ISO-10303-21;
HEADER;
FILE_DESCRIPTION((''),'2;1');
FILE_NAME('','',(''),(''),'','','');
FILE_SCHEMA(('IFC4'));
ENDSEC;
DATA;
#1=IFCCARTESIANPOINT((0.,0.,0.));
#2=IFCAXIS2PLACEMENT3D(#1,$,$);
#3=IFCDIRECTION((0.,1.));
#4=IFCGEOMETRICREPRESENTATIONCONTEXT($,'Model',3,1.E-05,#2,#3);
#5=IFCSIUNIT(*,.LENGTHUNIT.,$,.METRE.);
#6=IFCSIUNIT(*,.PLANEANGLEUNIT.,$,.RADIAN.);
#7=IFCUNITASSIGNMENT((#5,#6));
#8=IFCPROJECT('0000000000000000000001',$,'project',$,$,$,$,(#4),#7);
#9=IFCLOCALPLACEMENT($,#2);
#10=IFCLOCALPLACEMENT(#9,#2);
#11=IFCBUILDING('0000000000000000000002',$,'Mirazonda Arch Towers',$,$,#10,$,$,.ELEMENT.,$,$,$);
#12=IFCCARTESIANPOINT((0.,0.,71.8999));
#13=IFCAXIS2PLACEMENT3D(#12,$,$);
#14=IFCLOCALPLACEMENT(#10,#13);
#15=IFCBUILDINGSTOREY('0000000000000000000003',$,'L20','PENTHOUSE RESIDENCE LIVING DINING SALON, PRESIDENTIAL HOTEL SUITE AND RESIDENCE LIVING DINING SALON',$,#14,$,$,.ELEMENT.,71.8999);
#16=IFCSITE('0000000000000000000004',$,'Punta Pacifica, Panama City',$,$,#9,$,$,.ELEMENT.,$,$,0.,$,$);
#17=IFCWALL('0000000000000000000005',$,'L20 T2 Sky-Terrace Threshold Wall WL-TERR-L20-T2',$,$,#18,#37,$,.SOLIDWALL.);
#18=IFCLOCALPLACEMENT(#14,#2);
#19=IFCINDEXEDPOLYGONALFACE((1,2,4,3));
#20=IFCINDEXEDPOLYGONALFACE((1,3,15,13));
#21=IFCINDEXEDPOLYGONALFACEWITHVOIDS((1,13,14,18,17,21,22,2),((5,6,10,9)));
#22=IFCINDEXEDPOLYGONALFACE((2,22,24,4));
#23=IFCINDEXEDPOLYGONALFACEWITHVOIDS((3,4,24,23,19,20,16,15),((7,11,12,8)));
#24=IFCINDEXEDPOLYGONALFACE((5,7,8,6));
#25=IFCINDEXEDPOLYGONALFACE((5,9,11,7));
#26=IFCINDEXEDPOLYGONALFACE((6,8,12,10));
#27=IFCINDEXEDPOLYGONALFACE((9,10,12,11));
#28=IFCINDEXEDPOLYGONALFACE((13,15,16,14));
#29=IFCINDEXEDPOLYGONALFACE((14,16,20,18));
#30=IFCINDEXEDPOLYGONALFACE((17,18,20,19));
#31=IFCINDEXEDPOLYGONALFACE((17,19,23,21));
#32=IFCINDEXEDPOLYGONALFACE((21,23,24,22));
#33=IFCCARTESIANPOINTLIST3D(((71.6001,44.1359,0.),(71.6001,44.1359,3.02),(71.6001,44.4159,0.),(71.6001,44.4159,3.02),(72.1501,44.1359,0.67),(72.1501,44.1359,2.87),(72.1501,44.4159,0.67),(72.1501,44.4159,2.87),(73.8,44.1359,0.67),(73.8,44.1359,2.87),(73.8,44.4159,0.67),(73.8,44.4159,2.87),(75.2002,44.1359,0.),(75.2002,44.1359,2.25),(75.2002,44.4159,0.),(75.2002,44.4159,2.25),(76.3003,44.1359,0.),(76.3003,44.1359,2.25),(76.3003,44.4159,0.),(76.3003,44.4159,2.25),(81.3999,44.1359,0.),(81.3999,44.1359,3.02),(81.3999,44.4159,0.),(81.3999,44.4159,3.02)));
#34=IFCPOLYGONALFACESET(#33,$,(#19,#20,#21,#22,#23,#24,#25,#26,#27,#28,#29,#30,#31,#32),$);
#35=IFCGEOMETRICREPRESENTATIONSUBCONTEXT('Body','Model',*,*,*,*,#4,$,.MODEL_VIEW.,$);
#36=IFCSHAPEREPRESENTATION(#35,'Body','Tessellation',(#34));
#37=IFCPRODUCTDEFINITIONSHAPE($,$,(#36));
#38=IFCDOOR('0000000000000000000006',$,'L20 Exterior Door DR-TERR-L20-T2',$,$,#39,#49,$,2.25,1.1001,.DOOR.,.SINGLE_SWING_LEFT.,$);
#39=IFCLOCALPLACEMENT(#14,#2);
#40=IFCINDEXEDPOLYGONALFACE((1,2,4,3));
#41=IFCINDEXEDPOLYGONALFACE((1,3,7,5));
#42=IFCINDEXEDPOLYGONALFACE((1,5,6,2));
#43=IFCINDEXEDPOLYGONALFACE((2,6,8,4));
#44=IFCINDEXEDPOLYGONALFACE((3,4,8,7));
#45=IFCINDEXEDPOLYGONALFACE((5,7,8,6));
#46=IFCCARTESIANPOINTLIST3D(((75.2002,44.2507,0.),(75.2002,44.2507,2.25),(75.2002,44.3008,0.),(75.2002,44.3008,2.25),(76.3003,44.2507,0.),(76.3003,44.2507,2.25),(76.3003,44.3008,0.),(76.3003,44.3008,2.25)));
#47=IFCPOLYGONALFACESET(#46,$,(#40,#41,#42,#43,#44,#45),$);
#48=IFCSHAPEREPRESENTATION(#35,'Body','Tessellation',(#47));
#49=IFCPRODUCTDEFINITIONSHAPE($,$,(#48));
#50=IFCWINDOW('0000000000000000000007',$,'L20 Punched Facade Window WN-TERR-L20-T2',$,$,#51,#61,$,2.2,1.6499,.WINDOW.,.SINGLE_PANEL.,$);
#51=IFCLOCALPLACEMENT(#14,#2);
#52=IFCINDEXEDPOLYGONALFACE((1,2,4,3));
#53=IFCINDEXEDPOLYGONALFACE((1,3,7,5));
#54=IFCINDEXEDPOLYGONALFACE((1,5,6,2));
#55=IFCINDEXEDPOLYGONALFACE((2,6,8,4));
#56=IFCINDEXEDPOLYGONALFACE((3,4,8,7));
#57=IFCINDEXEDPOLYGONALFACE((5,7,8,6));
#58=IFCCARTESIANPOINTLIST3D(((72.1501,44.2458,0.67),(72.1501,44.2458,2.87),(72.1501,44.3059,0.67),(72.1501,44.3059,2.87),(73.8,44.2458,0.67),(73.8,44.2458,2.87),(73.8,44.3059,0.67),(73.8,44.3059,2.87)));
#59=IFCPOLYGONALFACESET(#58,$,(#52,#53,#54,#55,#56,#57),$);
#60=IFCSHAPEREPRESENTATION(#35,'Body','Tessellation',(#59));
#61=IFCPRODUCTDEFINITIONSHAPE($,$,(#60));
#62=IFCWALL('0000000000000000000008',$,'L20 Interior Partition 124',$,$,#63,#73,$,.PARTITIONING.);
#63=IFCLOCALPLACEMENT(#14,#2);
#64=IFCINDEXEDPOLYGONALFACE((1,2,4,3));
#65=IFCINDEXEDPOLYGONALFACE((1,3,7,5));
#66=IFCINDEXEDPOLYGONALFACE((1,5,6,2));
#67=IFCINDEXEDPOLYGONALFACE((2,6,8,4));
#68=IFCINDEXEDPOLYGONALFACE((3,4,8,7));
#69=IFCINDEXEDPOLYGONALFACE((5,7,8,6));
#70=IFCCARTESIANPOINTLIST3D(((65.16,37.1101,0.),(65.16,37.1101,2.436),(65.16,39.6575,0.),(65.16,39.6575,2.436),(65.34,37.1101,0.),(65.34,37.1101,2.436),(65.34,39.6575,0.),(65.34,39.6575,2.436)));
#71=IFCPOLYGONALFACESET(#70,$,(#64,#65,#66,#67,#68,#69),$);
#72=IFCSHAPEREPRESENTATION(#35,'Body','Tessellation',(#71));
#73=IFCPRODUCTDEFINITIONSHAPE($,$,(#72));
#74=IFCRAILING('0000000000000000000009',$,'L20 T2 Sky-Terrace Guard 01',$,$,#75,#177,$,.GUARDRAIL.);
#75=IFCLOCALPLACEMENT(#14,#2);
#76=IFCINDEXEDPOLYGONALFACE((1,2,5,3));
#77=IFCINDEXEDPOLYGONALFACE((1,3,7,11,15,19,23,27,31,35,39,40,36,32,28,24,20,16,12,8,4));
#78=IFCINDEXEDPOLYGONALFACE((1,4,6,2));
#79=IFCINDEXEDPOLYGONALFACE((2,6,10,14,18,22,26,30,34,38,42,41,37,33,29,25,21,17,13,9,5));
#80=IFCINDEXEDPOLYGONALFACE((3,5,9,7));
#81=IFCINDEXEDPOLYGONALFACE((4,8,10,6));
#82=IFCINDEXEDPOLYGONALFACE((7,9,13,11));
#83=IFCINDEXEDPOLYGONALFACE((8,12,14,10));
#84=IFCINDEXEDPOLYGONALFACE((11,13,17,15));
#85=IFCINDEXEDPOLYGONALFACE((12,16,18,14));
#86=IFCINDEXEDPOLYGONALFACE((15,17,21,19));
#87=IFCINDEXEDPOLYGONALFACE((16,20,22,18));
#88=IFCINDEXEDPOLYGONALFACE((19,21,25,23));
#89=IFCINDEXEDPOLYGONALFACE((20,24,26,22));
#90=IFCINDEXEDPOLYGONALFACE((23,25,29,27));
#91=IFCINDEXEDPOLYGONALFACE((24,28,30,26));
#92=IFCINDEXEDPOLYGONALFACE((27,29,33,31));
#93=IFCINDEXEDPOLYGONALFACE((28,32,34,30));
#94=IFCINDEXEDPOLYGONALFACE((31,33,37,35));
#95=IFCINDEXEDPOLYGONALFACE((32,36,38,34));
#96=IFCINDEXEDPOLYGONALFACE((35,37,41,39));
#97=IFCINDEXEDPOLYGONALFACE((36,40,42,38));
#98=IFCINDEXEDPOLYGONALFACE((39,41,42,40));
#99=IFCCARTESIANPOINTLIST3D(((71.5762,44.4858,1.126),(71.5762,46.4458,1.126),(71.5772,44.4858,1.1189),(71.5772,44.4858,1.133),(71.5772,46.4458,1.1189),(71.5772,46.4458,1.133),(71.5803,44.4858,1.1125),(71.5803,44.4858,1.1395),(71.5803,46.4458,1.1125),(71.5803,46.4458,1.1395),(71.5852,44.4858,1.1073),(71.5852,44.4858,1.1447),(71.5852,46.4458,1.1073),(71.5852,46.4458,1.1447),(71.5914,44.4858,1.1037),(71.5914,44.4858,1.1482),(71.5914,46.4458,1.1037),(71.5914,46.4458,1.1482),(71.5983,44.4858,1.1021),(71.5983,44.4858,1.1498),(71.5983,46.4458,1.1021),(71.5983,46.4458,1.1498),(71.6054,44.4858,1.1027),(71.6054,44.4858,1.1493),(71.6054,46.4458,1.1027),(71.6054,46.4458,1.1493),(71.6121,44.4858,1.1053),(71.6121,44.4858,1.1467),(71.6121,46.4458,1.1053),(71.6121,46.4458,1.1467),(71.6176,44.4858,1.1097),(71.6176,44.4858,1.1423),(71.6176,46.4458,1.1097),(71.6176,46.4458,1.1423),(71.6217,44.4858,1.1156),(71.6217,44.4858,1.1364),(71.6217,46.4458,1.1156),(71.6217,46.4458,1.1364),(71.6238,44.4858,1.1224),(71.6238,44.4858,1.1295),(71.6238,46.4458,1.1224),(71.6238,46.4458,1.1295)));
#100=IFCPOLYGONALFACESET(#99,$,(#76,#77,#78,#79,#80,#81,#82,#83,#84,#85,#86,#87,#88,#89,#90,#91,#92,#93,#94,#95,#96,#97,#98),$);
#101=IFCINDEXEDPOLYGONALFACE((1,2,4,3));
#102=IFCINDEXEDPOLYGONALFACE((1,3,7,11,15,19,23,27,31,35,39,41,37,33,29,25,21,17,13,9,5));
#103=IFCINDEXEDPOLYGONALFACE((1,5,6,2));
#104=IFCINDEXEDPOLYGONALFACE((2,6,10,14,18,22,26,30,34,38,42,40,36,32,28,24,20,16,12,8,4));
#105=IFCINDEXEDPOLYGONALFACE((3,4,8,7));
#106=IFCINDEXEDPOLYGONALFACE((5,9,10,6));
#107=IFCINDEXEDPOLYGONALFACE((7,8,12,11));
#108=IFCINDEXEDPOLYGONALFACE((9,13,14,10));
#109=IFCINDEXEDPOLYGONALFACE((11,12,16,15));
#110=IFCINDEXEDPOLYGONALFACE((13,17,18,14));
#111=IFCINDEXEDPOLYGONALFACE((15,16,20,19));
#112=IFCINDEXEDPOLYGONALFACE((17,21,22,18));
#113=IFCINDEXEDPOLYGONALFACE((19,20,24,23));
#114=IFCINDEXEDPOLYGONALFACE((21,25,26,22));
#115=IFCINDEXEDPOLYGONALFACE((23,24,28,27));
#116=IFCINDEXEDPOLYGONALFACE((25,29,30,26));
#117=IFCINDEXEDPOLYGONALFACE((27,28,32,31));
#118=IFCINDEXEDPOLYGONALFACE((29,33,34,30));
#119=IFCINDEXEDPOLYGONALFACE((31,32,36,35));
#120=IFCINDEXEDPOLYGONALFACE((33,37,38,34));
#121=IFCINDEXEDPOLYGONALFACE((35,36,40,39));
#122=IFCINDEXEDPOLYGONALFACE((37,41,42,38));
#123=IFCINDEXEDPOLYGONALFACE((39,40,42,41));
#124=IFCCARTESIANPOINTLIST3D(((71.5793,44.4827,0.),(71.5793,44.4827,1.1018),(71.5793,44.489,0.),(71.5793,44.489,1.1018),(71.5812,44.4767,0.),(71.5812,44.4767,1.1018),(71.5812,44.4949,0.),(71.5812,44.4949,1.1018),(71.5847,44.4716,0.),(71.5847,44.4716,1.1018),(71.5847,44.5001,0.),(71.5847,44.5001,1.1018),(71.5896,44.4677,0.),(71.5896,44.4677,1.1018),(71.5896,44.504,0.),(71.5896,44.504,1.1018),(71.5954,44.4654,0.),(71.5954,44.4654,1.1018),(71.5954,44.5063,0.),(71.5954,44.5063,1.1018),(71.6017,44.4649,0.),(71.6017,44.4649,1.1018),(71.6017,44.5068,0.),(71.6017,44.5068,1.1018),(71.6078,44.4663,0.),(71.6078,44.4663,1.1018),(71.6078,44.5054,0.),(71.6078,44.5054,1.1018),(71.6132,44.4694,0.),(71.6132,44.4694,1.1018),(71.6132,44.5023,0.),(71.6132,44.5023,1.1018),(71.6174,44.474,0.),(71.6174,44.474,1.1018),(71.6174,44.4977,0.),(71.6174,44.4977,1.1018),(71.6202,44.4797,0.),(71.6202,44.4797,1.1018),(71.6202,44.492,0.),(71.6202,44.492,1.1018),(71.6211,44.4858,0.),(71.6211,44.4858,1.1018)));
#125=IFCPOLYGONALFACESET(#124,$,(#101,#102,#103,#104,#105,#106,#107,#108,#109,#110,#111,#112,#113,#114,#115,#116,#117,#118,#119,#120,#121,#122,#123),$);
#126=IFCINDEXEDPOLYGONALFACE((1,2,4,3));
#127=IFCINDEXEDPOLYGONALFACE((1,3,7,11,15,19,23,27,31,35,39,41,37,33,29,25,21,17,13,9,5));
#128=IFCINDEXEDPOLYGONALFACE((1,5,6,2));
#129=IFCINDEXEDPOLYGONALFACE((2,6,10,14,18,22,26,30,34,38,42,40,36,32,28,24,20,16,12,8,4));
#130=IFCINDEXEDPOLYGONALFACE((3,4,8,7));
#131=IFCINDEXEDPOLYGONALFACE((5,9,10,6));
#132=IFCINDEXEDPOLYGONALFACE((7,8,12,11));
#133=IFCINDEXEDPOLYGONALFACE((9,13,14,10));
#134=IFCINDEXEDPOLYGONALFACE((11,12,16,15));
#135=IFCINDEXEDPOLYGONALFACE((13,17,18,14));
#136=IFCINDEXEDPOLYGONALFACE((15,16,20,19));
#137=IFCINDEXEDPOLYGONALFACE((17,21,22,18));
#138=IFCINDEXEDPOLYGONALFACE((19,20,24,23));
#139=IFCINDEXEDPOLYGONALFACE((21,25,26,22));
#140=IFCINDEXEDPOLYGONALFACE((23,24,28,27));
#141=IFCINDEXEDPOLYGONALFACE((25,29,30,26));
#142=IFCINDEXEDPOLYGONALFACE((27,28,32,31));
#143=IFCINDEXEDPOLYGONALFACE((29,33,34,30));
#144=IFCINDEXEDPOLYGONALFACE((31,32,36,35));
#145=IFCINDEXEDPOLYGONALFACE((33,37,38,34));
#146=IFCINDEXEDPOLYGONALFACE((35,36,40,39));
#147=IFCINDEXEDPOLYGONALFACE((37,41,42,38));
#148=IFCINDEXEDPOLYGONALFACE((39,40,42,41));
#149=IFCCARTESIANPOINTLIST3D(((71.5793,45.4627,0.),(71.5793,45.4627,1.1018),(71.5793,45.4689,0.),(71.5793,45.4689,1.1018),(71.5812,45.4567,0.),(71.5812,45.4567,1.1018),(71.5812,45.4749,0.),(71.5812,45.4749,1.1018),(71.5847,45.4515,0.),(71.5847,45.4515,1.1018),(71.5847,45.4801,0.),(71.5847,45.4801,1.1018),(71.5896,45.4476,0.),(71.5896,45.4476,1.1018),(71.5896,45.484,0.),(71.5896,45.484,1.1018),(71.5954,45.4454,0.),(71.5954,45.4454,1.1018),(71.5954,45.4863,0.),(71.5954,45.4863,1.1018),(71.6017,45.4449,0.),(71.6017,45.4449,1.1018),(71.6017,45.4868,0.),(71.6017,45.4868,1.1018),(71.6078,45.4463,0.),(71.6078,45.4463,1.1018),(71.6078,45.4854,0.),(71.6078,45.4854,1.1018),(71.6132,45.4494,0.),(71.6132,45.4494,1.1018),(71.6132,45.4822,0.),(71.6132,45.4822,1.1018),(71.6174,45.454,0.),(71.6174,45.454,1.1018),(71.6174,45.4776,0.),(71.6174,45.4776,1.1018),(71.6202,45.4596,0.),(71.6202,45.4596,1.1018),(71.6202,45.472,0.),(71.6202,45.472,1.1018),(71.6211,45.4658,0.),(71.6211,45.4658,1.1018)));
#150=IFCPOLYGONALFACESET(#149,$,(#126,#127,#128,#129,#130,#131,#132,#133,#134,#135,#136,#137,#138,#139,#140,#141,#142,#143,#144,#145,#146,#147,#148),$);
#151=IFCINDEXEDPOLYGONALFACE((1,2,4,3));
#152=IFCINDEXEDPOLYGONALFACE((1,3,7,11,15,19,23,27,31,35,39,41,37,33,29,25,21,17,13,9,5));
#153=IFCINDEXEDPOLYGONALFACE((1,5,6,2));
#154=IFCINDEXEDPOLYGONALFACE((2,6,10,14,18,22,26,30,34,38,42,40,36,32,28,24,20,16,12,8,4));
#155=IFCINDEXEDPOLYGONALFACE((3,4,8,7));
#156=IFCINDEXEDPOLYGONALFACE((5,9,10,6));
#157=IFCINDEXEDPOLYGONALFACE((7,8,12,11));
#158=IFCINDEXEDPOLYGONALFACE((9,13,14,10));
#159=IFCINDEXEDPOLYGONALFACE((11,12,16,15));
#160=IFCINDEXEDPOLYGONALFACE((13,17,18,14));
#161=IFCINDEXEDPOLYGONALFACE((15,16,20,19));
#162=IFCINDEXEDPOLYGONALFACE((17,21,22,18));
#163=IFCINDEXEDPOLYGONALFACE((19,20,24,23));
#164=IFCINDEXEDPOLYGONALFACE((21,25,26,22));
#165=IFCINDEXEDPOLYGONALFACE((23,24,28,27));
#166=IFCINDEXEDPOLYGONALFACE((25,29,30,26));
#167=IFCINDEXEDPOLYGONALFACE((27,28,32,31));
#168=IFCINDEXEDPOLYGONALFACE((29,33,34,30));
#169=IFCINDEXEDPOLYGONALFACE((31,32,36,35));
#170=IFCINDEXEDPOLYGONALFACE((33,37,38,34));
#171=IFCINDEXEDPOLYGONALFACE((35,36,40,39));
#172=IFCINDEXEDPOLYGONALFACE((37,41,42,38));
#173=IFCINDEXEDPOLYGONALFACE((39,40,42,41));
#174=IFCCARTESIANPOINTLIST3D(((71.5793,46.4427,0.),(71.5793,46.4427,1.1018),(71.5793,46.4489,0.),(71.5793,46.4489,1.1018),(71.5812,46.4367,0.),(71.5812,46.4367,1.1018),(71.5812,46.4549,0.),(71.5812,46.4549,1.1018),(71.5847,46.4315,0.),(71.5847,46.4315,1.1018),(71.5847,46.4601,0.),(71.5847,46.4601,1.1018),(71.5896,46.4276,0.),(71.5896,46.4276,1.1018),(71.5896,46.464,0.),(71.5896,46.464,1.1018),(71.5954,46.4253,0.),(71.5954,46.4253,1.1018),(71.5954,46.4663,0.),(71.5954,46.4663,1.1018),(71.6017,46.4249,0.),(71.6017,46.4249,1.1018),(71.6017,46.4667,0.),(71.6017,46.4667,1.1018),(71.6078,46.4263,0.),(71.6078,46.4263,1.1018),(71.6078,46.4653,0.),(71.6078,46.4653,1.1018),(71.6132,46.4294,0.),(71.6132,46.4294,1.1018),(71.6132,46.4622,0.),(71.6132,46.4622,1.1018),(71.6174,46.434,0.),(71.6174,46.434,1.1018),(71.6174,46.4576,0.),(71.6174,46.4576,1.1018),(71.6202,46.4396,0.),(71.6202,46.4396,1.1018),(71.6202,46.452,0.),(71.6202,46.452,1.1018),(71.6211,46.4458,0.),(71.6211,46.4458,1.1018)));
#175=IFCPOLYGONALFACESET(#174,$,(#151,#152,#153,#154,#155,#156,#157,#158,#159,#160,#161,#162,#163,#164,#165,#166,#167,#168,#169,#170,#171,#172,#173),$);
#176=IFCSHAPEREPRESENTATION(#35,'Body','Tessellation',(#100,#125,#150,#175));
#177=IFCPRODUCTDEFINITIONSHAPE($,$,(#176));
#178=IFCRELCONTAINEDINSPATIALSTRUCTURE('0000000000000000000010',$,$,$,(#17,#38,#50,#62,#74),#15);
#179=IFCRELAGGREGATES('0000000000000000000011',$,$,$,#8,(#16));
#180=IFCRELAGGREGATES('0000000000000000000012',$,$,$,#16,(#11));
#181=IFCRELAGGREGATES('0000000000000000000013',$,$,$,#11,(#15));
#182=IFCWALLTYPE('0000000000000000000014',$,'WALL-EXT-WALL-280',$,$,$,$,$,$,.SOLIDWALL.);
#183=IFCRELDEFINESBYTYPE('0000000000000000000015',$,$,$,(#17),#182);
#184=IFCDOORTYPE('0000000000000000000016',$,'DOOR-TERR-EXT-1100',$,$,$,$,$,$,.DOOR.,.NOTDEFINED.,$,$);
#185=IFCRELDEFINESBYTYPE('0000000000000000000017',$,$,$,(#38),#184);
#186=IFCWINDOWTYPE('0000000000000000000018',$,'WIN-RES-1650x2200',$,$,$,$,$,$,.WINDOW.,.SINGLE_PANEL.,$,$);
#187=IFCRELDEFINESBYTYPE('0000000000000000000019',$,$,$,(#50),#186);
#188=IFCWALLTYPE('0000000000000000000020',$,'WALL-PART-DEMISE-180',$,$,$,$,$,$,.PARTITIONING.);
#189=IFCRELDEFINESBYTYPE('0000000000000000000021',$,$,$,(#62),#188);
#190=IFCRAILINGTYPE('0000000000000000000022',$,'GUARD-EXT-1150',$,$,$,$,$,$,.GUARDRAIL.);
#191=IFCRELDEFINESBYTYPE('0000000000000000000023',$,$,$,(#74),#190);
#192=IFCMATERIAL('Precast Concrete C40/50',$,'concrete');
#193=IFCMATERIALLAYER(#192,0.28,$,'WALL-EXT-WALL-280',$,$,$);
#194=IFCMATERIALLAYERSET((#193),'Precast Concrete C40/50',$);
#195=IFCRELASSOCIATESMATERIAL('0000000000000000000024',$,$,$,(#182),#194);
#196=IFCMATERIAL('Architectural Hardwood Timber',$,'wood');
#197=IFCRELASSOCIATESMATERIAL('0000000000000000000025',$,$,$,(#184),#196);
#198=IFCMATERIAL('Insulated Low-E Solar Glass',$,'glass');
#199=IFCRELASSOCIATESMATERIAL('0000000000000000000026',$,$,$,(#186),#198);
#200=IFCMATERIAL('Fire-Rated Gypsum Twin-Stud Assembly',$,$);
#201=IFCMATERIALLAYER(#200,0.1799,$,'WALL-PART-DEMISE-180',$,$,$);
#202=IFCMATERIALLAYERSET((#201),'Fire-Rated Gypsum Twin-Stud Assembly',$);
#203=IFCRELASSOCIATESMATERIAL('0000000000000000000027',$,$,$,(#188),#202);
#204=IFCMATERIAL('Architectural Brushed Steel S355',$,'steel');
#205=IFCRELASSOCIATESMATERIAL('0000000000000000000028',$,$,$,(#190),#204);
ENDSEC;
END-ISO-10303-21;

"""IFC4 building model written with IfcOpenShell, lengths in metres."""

from ifc_helpers import new_model, si_unit, direction, frame, frame_2d, origin, origin_2d, place, context, subcontext, project, spatial, rectangle, circle, extrude, material, layer, layer_set, type_object, element, fill, save


model = new_model("IFC4")

# Units and contexts
model_context = context("Model", 3, precision=1e-05, world=origin(), true_north=direction((0.0, 1.0)))
body_context = subcontext(model_context, "Body", "Model", "MODEL_VIEW")
ifc_project = project(units=[si_unit("LENGTHUNIT", "METRE"), si_unit("PLANEANGLEUNIT", "RADIAN")], contexts=[model_context])

# Site, building, storey
site_placement = place(None, origin())
site = spatial("IfcSite", under=ifc_project, at=site_placement, Name="Punta Pacifica, Panama City", CompositionType="ELEMENT", RefElevation=0.0)
building_placement = place(site_placement, origin())
building = spatial("IfcBuilding", under=site, at=building_placement, Name="Mirazonda Arch Towers", CompositionType="ELEMENT")
storey_placement = place(building_placement, frame((0.0, 0.0, 71.8999)))
storey = spatial("IfcBuildingStorey", under=building, at=storey_placement, Name="L20", Description="PENTHOUSE RESIDENCE LIVING DINING SALON, PRESIDENTIAL HOTEL SUITE AND RESIDENCE LIVING DINING SALON", CompositionType="ELEMENT", Elevation=71.8999)

# Shared definitions
ifc_material_1 = material(Name="Insulated Low-E Solar Glass", Category="glass")

# Wall, openings, door, window
ifc_material_2 = material(Name="Precast Concrete C40/50", Category="concrete")
ifc_layer_1 = layer(ifc_material_2, 0.28, Name="WALL-EXT-WALL-280")
ifc_layer_set_1 = layer_set([ifc_layer_1], Name="Precast Concrete C40/50")
wall_type_1 = type_object("IfcWallType", Name="WALL-EXT-WALL-280", PredefinedType="SOLIDWALL", material=ifc_layer_set_1)
wall_1_placement = place(storey_placement, frame((71.6001, 44.2759, 0.0), z_axis=(0.0, 0.0, 1.0), x_axis=(1.0, 0.0, 0.0)))
wall_1 = element("IfcWall", 1, at=wall_1_placement, inside=storey, type_object=wall_type_1, Name="L20 T2 Sky-Terrace Threshold Wall WL-TERR-L20-T2", PredefinedType="SOLIDWALL", context=body_context, shape_type="SweptSolid", body=[
    extrude(rectangle(XDim=9.7998, YDim=0.28, at=frame_2d((4.8999, 0.0))), origin(), (0.0, 0.0, 1.0), 3.02),
])
opening_1_placement = place(wall_1_placement, frame((0.55, 0.0, 0.6699)))
opening_1 = element("IfcOpeningElement", 2, at=opening_1_placement, cuts=wall_1, PredefinedType="OPENING", context=body_context, shape_type="SweptSolid", body=[
    extrude(rectangle(XDim=1.6499, YDim=2.2, at=frame_2d((0.825, 1.1001))), frame((0.0, 0.1499, 0.0), z_axis=(0.0, -1.0, 0.0), x_axis=(1.0, 0.0, 0.0)), (0.0, 0.0, 1.0), 0.3),
])
opening_2_placement = place(wall_1_placement, frame((3.6001, 0.0, 0.0)))
opening_2 = element("IfcOpeningElement", 3, at=opening_2_placement, cuts=wall_1, PredefinedType="OPENING", context=body_context, shape_type="SweptSolid", body=[
    extrude(rectangle(XDim=1.1001, YDim=2.25, at=frame_2d((0.55, 1.125))), frame((0.0, 0.1499, 0.0), z_axis=(0.0, -1.0, 0.0), x_axis=(1.0, 0.0, 0.0)), (0.0, 0.0, 1.0), 0.3),
])
ifc_material_3 = material(Name="Architectural Hardwood Timber", Category="wood")
door_type = type_object("IfcDoorType", Name="DOOR-TERR-EXT-1100", OperationType="NOTDEFINED", PredefinedType="DOOR", material=ifc_material_3)
door_placement = place(opening_2_placement, origin())
door = element("IfcDoor", 4, at=door_placement, inside=storey, type_object=door_type, Name="L20 Exterior Door DR-TERR-L20-T2", OperationType="SINGLE_SWING_LEFT", OverallHeight=2.25, OverallWidth=1.1001, PredefinedType="DOOR", context=body_context, shape_type="SweptSolid", body=[
    extrude(rectangle(XDim=1.1001, YDim=2.25, at=frame_2d((0.55, 1.125))), frame((0.0, 0.0249, 0.0), z_axis=(0.0, -1.0, 0.0), x_axis=(1.0, 0.0, 0.0)), (0.0, 0.0, 1.0), 0.05),
])
fill(opening_2, door)
window_type = type_object("IfcWindowType", Name="WIN-RES-1650x2200", PartitioningType="SINGLE_PANEL", PredefinedType="WINDOW", material=ifc_material_1)
window_placement = place(opening_1_placement, origin())
window = element("IfcWindow", 5, at=window_placement, inside=storey, type_object=window_type, Name="L20 Punched Facade Window WN-TERR-L20-T2", OverallHeight=2.2, OverallWidth=1.6499, PartitioningType="SINGLE_PANEL", PredefinedType="WINDOW", context=body_context, shape_type="SweptSolid", body=[
    extrude(rectangle(XDim=1.6499, YDim=2.2, at=frame_2d((0.825, 1.1001))), frame((0.0, 0.03, 0.0), z_axis=(0.0, -1.0, 0.0), x_axis=(1.0, 0.0, 0.0)), (0.0, 0.0, 1.0), 0.0601),
])
fill(opening_1, window)

# Wall
ifc_material_4 = material(Name="Fire-Rated Gypsum Twin-Stud Assembly")
ifc_layer_2 = layer(ifc_material_4, 0.1799, Name="WALL-PART-DEMISE-180")
ifc_layer_set_2 = layer_set([ifc_layer_2], Name="Fire-Rated Gypsum Twin-Stud Assembly")
wall_type_2 = type_object("IfcWallType", Name="WALL-PART-DEMISE-180", PredefinedType="PARTITIONING", material=ifc_layer_set_2)
wall_2_placement = place(storey_placement, frame((65.25, 37.1101, 0.0), z_axis=(0.0, 0.0, 1.0), x_axis=(0.0, 1.0, 0.0)))
element("IfcWall", 6, at=wall_2_placement, inside=storey, type_object=wall_type_2, Name="L20 Interior Partition 124", PredefinedType="PARTITIONING", context=body_context, shape_type="SweptSolid", body=[
    extrude(rectangle(XDim=2.5474, YDim=0.1799, at=frame_2d((1.2737, 0.0))), origin(), (0.0, 0.0, 1.0), 2.436),
])

# Railing
ifc_material_5 = material(Name="Architectural Brushed Steel S355", Category="steel")
railing_type_1 = type_object("IfcRailingType", Name="GUARD-EXT-1150", PredefinedType="GUARDRAIL", material=ifc_material_5)
railing_1_placement = place(storey_placement, frame((71.6001, 44.4858, 0.0)))
element("IfcRailing", 7, at=railing_1_placement, inside=storey, type_object=railing_type_1, Name="L20 T2 Sky-Terrace Guard 01", PredefinedType="GUARDRAIL", context=body_context, shape_type="SweptSolid", body=[
    extrude(circle(Radius=0.0239, at=origin_2d()), frame((0.0, 0.0, 1.126), z_axis=(0.0, 1.0, 0.0), x_axis=(-1.0, 0.0, 0.0)), (0.0, 0.0, 1.0), 1.96),
    extrude(circle(Radius=0.021, at=origin_2d()), origin(), (0.0, 0.0, 1.0), 1.1018),
    extrude(circle(Radius=0.021, at=origin_2d()), frame((0.0, 0.98, 0.0)), (0.0, 0.0, 1.0), 1.1018),
    extrude(circle(Radius=0.021, at=origin_2d()), frame((0.0, 1.96, 0.0)), (0.0, 0.0, 1.0), 1.1018),
])

save(model, "model.ifc")
